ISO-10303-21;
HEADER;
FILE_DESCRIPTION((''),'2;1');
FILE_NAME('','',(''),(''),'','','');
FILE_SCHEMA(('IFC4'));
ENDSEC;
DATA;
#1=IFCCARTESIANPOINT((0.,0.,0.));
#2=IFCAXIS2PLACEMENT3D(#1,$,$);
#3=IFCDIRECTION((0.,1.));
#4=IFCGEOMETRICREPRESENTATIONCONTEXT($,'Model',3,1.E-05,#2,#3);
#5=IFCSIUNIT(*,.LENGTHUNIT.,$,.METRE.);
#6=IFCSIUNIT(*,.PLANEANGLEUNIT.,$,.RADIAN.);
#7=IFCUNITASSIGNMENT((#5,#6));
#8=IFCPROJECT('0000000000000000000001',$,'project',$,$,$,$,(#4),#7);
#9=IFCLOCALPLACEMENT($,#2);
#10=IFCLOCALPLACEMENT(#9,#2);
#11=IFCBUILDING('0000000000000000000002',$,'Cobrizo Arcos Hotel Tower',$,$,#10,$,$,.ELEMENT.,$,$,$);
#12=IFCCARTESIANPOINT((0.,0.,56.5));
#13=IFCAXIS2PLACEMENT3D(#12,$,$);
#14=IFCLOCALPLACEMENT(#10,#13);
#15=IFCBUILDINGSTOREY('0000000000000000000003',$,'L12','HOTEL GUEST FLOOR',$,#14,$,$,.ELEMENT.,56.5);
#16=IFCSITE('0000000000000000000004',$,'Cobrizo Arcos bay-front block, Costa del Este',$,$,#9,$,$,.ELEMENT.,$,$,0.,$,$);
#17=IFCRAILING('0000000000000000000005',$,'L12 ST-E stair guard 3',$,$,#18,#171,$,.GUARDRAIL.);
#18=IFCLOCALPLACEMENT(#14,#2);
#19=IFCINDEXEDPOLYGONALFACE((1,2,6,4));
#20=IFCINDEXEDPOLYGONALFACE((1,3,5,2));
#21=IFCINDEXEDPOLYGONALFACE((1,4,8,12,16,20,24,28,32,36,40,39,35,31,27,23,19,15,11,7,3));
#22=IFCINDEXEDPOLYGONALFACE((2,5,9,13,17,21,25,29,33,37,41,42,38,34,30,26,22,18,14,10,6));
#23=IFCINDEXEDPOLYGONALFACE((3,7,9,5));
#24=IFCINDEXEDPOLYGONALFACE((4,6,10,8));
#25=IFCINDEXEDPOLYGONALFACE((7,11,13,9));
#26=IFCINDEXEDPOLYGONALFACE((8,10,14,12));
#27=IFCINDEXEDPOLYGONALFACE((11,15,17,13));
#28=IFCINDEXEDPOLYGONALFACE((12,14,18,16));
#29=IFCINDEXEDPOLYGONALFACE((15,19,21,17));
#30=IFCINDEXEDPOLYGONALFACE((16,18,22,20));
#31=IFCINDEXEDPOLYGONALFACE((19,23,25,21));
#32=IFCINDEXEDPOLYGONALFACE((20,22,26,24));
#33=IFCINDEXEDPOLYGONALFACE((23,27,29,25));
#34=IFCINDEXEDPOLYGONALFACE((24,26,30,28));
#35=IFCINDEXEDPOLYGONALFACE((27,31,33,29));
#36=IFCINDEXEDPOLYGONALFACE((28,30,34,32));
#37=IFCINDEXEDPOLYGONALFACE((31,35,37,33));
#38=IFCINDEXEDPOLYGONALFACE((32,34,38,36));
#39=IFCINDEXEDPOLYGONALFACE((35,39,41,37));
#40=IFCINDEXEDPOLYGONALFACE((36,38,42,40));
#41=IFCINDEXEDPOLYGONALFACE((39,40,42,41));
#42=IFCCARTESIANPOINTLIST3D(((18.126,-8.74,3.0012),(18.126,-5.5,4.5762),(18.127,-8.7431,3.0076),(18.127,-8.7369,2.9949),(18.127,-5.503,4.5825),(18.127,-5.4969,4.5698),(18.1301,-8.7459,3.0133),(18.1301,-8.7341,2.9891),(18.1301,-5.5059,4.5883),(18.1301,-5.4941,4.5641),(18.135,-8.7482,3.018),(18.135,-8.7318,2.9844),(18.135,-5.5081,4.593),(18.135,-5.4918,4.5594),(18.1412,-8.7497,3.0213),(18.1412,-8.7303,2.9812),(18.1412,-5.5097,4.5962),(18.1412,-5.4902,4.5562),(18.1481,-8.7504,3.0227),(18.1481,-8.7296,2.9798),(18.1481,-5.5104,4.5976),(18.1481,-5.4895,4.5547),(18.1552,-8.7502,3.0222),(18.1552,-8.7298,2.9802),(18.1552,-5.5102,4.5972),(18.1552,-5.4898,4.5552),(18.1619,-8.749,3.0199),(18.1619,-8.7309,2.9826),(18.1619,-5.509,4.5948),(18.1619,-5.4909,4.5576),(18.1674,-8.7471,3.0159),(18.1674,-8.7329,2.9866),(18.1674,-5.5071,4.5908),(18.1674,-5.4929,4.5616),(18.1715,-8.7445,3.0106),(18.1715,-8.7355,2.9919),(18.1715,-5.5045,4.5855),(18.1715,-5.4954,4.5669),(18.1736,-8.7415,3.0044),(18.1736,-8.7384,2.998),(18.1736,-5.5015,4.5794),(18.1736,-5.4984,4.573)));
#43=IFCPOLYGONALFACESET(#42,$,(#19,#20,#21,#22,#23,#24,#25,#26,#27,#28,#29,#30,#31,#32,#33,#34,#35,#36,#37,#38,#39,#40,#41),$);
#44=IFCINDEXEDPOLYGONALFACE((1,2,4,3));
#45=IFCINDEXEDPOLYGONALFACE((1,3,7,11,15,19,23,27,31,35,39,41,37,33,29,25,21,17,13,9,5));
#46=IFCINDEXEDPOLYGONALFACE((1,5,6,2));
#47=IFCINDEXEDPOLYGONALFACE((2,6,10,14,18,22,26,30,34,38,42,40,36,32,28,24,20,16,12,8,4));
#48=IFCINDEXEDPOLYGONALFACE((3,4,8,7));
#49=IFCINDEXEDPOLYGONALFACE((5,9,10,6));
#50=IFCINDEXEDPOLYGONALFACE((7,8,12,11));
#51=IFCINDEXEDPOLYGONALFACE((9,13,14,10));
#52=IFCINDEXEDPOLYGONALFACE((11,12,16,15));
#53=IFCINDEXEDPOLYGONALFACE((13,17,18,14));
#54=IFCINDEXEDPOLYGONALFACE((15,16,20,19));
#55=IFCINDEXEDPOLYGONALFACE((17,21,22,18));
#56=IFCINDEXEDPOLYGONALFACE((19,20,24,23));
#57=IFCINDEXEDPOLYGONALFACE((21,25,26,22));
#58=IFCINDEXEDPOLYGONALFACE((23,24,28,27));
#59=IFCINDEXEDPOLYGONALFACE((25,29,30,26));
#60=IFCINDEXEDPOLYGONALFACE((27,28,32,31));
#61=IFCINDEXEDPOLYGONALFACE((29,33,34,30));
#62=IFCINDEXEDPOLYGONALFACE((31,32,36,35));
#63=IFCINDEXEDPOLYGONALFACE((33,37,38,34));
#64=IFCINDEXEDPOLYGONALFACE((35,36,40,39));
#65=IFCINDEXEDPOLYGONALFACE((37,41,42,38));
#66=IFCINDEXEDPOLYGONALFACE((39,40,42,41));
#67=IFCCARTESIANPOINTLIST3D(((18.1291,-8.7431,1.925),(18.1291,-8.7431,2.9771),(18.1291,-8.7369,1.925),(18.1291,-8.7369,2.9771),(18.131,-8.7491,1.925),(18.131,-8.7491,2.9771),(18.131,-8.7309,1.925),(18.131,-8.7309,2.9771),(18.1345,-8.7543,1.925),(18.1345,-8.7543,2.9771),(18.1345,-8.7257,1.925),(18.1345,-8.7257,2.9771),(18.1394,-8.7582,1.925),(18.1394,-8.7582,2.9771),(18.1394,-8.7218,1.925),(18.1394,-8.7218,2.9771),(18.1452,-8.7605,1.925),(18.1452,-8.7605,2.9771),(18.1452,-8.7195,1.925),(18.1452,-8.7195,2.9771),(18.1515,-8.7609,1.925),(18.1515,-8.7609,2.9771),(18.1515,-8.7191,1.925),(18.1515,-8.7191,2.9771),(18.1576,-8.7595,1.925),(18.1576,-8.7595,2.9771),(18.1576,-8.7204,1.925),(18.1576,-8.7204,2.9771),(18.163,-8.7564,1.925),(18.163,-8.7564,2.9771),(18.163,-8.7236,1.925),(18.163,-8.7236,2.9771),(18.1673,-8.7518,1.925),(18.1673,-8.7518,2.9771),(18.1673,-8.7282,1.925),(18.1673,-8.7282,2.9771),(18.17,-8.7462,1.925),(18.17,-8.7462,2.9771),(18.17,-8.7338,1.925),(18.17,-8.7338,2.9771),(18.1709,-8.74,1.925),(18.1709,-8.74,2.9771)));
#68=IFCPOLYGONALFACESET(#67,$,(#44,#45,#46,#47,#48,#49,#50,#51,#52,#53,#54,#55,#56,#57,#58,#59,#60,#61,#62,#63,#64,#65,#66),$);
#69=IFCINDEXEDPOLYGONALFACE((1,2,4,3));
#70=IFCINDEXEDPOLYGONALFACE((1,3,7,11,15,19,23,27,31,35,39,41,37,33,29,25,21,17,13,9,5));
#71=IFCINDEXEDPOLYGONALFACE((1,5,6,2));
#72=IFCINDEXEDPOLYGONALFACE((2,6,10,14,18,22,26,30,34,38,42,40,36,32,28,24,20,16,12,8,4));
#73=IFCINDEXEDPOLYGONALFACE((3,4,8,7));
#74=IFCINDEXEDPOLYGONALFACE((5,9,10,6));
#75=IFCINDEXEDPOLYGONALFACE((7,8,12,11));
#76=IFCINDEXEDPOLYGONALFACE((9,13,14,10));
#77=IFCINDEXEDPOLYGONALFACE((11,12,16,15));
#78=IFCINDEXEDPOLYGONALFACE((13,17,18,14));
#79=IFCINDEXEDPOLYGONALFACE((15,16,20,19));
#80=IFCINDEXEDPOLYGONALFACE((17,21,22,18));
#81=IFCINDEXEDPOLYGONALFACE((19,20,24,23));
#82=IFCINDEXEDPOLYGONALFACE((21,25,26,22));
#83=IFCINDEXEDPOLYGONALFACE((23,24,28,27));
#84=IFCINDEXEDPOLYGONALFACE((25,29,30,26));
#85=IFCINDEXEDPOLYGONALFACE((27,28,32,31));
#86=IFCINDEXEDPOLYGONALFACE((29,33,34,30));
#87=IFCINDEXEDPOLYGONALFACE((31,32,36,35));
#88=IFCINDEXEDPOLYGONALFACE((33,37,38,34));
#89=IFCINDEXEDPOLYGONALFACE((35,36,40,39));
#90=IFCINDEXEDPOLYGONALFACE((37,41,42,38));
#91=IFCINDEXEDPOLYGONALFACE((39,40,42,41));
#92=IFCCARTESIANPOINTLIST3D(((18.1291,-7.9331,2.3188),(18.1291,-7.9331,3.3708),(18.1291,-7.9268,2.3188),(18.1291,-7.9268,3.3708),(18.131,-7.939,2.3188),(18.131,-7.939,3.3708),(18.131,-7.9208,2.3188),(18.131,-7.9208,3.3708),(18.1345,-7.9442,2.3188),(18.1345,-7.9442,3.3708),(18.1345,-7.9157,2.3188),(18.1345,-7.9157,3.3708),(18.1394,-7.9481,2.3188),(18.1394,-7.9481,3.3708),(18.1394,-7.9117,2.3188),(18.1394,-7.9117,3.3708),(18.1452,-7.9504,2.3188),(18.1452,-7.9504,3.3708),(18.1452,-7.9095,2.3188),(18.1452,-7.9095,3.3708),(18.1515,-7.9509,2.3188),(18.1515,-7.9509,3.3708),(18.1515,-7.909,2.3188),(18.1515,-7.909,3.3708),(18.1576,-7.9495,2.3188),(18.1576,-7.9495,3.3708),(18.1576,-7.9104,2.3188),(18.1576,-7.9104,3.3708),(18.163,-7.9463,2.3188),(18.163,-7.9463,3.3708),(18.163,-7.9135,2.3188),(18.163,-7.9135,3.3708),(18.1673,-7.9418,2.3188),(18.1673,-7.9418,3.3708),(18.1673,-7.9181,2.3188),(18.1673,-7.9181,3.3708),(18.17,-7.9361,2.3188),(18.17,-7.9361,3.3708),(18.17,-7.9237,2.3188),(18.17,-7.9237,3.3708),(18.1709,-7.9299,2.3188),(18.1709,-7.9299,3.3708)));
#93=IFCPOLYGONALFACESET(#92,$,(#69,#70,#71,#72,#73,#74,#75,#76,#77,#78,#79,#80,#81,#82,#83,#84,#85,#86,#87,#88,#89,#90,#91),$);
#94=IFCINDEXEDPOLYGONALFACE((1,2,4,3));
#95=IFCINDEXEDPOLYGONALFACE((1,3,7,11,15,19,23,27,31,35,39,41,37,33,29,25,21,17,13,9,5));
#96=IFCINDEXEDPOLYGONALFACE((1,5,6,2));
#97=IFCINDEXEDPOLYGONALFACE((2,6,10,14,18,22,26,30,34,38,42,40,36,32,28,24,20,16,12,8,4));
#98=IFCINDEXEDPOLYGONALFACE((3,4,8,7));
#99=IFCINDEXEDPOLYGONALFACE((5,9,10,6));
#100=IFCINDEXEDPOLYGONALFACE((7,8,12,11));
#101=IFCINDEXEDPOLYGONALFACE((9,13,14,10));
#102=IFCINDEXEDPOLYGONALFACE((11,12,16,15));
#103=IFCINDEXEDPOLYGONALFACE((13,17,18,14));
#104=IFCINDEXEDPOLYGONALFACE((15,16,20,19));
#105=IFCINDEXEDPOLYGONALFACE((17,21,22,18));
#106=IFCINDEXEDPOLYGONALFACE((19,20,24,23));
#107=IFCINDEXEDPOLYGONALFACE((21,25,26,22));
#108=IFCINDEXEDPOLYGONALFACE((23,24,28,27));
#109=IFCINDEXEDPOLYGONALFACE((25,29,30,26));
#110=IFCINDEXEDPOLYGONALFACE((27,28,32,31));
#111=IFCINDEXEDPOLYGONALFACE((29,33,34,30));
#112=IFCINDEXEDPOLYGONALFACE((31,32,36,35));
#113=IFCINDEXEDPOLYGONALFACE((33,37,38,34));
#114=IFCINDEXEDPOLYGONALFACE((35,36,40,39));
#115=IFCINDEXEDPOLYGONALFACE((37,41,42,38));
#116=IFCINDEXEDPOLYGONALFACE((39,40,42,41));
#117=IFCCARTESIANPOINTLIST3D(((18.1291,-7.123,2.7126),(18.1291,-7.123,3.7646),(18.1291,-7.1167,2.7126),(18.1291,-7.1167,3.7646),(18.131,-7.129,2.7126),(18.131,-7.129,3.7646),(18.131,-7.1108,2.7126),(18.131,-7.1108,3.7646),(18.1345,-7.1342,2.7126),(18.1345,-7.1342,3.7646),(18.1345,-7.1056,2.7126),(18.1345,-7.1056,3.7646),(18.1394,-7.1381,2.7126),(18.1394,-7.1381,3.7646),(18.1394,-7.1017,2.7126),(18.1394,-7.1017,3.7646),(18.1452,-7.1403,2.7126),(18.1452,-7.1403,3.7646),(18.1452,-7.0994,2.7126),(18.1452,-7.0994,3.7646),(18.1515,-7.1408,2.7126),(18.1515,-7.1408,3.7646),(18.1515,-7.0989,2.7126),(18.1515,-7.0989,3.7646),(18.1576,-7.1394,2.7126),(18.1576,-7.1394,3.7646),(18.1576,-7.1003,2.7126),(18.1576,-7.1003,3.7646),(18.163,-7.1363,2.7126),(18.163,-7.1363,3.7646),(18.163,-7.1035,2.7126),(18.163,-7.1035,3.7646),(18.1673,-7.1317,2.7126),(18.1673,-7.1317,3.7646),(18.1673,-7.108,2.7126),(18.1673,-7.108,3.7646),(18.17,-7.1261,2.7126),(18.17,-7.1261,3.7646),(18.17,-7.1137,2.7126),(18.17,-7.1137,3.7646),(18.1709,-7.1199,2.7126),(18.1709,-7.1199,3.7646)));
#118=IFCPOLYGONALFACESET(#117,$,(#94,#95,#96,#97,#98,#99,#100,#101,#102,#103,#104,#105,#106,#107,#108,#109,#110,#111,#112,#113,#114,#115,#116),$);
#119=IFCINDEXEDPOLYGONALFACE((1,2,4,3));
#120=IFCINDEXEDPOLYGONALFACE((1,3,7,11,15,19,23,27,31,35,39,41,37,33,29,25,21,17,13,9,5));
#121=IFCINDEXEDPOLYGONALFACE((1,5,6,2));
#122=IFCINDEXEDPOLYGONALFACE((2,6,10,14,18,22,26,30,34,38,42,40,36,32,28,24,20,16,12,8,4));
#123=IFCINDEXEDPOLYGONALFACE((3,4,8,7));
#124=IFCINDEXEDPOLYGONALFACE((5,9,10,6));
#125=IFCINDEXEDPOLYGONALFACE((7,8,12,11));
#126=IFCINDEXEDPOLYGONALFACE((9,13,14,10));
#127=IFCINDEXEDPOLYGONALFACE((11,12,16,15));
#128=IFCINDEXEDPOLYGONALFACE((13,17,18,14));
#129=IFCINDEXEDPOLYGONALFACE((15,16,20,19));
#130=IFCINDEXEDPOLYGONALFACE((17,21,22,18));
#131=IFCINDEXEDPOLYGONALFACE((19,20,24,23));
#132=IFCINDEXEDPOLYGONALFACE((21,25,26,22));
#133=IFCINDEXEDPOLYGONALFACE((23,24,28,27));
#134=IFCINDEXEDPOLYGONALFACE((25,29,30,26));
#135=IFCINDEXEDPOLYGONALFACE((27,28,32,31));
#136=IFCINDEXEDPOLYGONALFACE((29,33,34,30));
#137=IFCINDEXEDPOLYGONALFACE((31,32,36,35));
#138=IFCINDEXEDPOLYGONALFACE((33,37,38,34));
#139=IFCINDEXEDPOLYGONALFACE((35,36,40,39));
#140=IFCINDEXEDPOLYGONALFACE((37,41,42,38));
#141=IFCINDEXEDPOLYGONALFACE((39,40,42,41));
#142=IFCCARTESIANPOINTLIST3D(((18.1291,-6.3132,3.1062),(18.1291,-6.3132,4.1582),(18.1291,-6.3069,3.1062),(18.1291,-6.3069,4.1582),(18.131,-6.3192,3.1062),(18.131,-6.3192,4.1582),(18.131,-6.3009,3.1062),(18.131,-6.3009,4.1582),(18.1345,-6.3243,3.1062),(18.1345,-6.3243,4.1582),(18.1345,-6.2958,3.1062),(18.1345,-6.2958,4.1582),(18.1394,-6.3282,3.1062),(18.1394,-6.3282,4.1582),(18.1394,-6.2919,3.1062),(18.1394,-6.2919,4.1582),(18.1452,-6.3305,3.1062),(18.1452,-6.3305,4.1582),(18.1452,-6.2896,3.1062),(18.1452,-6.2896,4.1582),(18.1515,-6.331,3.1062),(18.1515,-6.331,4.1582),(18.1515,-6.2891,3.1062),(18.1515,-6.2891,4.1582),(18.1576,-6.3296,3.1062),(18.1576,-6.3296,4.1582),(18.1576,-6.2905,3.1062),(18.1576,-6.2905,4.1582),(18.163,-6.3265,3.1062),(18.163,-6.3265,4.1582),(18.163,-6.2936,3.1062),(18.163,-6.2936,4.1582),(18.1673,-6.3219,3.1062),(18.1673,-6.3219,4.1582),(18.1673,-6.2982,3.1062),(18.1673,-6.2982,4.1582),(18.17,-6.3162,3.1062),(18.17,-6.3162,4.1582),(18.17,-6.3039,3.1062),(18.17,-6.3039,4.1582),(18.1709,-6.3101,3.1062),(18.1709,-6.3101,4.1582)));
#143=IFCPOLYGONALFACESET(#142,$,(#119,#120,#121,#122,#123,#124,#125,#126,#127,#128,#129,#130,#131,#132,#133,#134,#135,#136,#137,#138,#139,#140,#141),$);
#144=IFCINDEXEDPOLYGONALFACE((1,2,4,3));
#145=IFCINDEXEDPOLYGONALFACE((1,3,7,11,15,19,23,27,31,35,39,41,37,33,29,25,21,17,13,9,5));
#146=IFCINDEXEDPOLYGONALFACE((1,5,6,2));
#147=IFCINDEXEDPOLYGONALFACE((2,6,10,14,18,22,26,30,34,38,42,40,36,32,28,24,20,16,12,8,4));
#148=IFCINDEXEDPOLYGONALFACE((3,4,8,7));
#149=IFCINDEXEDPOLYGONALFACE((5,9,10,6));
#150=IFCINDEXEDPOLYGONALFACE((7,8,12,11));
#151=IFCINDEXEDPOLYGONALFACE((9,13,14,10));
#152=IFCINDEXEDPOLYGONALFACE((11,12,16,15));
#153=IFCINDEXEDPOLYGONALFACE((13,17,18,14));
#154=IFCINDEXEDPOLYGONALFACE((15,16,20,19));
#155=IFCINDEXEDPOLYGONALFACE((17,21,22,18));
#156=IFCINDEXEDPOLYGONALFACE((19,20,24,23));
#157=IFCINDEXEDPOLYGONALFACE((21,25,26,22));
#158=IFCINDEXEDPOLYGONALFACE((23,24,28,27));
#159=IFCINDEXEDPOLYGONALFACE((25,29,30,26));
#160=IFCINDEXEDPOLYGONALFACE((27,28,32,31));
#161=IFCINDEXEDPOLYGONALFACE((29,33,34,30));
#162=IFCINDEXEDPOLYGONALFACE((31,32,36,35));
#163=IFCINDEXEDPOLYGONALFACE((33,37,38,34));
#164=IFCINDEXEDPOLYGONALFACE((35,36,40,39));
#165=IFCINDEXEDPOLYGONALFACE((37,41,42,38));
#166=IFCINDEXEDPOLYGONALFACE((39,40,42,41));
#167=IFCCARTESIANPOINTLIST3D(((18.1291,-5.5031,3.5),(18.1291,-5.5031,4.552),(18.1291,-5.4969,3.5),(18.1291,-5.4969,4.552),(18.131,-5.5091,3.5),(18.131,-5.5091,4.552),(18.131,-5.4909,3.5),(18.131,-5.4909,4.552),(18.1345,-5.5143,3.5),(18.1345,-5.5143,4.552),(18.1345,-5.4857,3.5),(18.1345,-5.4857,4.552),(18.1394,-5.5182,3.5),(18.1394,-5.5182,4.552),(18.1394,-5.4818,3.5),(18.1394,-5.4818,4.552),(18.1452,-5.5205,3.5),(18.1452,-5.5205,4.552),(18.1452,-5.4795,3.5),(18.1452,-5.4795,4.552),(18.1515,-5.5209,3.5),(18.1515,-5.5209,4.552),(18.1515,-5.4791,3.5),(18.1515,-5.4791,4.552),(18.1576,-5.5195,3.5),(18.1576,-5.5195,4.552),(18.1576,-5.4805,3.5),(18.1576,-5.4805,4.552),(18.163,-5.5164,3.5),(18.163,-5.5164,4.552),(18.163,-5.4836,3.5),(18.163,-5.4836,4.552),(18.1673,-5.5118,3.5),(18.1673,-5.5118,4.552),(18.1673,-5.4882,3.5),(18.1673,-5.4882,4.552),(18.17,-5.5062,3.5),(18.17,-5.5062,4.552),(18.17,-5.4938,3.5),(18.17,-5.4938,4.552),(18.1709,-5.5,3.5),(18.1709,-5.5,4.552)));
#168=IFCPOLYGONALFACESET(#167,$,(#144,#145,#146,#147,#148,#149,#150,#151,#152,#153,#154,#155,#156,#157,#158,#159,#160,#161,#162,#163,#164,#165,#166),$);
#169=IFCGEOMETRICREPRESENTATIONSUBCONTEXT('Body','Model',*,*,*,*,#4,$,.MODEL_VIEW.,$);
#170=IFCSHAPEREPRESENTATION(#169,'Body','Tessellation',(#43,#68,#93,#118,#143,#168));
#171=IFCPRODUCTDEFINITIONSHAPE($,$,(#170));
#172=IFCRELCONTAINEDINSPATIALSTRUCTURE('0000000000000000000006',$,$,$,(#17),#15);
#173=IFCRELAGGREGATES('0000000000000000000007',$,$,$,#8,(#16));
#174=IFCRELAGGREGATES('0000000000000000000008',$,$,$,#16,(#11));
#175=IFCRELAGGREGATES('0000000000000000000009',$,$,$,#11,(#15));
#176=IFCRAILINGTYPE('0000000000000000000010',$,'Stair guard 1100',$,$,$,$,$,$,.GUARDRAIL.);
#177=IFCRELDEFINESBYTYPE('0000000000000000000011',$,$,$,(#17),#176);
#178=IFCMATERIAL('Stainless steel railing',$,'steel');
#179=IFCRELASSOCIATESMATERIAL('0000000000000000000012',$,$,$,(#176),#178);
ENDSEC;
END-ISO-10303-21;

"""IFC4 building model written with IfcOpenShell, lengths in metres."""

from ifc_helpers import new_model, si_unit, direction, frame, origin, origin_2d, place, context, subcontext, project, spatial, circle, extrude, material, type_object, element, save


model = new_model("IFC4")

# Units and contexts
model_context = context("Model", 3, precision=1e-05, world=origin(), true_north=direction((0.0, 1.0)))
body_context = subcontext(model_context, "Body", "Model", "MODEL_VIEW")
ifc_project = project(units=[si_unit("LENGTHUNIT", "METRE"), si_unit("PLANEANGLEUNIT", "RADIAN")], contexts=[model_context])

# Site, building, storey
site_placement = place(None, origin())
site = spatial("IfcSite", under=ifc_project, at=site_placement, Name="Cobrizo Arcos bay-front block, Costa del Este", CompositionType="ELEMENT", RefElevation=0.0)
building_placement = place(site_placement, origin())
building = spatial("IfcBuilding", under=site, at=building_placement, Name="Cobrizo Arcos Hotel Tower", CompositionType="ELEMENT")
storey_placement = place(building_placement, frame((0.0, 0.0, 56.5)))
storey = spatial("IfcBuildingStorey", under=building, at=storey_placement, Name="L12", Description="HOTEL GUEST FLOOR", CompositionType="ELEMENT", Elevation=56.5)

# Railing
ifc_material_1 = material(Name="Stainless steel railing", Category="steel")
railing_type_1 = type_object("IfcRailingType", Name="Stair guard 1100", PredefinedType="GUARDRAIL", material=ifc_material_1)
railing_1_placement = place(storey_placement, frame((18.1499, -8.74, 1.925)))
element("IfcRailing", 1, at=railing_1_placement, inside=storey, type_object=railing_type_1, Name="L12 ST-E stair guard 3", PredefinedType="GUARDRAIL", context=body_context, shape_type="SweptSolid", body=[
    extrude(circle(Radius=0.0239, at=origin_2d()), frame((0.0, 0.0, 1.0762), z_axis=(0.0, 0.899373, 0.437183), x_axis=(-1.0, 0.0, 0.0)), (0.0, 0.0, 1.0), 3.6025),
    extrude(circle(Radius=0.021, at=origin_2d()), origin(), (0.0, 0.0, 1.0), 1.052),
    extrude(circle(Radius=0.021, at=origin_2d()), frame((0.0, 0.8101, 0.3938)), (0.0, 0.0, 1.0), 1.052),
    extrude(circle(Radius=0.021, at=origin_2d()), frame((0.0, 1.6201, 0.7876)), (0.0, 0.0, 1.0), 1.052),
    extrude(circle(Radius=0.021, at=origin_2d()), frame((0.0, 2.4299, 1.1812)), (0.0, 0.0, 1.0), 1.052),
    extrude(circle(Radius=0.021, at=origin_2d()), frame((0.0, 3.24, 1.575)), (0.0, 0.0, 1.0), 1.052),
])

save(model, "model.ifc")
